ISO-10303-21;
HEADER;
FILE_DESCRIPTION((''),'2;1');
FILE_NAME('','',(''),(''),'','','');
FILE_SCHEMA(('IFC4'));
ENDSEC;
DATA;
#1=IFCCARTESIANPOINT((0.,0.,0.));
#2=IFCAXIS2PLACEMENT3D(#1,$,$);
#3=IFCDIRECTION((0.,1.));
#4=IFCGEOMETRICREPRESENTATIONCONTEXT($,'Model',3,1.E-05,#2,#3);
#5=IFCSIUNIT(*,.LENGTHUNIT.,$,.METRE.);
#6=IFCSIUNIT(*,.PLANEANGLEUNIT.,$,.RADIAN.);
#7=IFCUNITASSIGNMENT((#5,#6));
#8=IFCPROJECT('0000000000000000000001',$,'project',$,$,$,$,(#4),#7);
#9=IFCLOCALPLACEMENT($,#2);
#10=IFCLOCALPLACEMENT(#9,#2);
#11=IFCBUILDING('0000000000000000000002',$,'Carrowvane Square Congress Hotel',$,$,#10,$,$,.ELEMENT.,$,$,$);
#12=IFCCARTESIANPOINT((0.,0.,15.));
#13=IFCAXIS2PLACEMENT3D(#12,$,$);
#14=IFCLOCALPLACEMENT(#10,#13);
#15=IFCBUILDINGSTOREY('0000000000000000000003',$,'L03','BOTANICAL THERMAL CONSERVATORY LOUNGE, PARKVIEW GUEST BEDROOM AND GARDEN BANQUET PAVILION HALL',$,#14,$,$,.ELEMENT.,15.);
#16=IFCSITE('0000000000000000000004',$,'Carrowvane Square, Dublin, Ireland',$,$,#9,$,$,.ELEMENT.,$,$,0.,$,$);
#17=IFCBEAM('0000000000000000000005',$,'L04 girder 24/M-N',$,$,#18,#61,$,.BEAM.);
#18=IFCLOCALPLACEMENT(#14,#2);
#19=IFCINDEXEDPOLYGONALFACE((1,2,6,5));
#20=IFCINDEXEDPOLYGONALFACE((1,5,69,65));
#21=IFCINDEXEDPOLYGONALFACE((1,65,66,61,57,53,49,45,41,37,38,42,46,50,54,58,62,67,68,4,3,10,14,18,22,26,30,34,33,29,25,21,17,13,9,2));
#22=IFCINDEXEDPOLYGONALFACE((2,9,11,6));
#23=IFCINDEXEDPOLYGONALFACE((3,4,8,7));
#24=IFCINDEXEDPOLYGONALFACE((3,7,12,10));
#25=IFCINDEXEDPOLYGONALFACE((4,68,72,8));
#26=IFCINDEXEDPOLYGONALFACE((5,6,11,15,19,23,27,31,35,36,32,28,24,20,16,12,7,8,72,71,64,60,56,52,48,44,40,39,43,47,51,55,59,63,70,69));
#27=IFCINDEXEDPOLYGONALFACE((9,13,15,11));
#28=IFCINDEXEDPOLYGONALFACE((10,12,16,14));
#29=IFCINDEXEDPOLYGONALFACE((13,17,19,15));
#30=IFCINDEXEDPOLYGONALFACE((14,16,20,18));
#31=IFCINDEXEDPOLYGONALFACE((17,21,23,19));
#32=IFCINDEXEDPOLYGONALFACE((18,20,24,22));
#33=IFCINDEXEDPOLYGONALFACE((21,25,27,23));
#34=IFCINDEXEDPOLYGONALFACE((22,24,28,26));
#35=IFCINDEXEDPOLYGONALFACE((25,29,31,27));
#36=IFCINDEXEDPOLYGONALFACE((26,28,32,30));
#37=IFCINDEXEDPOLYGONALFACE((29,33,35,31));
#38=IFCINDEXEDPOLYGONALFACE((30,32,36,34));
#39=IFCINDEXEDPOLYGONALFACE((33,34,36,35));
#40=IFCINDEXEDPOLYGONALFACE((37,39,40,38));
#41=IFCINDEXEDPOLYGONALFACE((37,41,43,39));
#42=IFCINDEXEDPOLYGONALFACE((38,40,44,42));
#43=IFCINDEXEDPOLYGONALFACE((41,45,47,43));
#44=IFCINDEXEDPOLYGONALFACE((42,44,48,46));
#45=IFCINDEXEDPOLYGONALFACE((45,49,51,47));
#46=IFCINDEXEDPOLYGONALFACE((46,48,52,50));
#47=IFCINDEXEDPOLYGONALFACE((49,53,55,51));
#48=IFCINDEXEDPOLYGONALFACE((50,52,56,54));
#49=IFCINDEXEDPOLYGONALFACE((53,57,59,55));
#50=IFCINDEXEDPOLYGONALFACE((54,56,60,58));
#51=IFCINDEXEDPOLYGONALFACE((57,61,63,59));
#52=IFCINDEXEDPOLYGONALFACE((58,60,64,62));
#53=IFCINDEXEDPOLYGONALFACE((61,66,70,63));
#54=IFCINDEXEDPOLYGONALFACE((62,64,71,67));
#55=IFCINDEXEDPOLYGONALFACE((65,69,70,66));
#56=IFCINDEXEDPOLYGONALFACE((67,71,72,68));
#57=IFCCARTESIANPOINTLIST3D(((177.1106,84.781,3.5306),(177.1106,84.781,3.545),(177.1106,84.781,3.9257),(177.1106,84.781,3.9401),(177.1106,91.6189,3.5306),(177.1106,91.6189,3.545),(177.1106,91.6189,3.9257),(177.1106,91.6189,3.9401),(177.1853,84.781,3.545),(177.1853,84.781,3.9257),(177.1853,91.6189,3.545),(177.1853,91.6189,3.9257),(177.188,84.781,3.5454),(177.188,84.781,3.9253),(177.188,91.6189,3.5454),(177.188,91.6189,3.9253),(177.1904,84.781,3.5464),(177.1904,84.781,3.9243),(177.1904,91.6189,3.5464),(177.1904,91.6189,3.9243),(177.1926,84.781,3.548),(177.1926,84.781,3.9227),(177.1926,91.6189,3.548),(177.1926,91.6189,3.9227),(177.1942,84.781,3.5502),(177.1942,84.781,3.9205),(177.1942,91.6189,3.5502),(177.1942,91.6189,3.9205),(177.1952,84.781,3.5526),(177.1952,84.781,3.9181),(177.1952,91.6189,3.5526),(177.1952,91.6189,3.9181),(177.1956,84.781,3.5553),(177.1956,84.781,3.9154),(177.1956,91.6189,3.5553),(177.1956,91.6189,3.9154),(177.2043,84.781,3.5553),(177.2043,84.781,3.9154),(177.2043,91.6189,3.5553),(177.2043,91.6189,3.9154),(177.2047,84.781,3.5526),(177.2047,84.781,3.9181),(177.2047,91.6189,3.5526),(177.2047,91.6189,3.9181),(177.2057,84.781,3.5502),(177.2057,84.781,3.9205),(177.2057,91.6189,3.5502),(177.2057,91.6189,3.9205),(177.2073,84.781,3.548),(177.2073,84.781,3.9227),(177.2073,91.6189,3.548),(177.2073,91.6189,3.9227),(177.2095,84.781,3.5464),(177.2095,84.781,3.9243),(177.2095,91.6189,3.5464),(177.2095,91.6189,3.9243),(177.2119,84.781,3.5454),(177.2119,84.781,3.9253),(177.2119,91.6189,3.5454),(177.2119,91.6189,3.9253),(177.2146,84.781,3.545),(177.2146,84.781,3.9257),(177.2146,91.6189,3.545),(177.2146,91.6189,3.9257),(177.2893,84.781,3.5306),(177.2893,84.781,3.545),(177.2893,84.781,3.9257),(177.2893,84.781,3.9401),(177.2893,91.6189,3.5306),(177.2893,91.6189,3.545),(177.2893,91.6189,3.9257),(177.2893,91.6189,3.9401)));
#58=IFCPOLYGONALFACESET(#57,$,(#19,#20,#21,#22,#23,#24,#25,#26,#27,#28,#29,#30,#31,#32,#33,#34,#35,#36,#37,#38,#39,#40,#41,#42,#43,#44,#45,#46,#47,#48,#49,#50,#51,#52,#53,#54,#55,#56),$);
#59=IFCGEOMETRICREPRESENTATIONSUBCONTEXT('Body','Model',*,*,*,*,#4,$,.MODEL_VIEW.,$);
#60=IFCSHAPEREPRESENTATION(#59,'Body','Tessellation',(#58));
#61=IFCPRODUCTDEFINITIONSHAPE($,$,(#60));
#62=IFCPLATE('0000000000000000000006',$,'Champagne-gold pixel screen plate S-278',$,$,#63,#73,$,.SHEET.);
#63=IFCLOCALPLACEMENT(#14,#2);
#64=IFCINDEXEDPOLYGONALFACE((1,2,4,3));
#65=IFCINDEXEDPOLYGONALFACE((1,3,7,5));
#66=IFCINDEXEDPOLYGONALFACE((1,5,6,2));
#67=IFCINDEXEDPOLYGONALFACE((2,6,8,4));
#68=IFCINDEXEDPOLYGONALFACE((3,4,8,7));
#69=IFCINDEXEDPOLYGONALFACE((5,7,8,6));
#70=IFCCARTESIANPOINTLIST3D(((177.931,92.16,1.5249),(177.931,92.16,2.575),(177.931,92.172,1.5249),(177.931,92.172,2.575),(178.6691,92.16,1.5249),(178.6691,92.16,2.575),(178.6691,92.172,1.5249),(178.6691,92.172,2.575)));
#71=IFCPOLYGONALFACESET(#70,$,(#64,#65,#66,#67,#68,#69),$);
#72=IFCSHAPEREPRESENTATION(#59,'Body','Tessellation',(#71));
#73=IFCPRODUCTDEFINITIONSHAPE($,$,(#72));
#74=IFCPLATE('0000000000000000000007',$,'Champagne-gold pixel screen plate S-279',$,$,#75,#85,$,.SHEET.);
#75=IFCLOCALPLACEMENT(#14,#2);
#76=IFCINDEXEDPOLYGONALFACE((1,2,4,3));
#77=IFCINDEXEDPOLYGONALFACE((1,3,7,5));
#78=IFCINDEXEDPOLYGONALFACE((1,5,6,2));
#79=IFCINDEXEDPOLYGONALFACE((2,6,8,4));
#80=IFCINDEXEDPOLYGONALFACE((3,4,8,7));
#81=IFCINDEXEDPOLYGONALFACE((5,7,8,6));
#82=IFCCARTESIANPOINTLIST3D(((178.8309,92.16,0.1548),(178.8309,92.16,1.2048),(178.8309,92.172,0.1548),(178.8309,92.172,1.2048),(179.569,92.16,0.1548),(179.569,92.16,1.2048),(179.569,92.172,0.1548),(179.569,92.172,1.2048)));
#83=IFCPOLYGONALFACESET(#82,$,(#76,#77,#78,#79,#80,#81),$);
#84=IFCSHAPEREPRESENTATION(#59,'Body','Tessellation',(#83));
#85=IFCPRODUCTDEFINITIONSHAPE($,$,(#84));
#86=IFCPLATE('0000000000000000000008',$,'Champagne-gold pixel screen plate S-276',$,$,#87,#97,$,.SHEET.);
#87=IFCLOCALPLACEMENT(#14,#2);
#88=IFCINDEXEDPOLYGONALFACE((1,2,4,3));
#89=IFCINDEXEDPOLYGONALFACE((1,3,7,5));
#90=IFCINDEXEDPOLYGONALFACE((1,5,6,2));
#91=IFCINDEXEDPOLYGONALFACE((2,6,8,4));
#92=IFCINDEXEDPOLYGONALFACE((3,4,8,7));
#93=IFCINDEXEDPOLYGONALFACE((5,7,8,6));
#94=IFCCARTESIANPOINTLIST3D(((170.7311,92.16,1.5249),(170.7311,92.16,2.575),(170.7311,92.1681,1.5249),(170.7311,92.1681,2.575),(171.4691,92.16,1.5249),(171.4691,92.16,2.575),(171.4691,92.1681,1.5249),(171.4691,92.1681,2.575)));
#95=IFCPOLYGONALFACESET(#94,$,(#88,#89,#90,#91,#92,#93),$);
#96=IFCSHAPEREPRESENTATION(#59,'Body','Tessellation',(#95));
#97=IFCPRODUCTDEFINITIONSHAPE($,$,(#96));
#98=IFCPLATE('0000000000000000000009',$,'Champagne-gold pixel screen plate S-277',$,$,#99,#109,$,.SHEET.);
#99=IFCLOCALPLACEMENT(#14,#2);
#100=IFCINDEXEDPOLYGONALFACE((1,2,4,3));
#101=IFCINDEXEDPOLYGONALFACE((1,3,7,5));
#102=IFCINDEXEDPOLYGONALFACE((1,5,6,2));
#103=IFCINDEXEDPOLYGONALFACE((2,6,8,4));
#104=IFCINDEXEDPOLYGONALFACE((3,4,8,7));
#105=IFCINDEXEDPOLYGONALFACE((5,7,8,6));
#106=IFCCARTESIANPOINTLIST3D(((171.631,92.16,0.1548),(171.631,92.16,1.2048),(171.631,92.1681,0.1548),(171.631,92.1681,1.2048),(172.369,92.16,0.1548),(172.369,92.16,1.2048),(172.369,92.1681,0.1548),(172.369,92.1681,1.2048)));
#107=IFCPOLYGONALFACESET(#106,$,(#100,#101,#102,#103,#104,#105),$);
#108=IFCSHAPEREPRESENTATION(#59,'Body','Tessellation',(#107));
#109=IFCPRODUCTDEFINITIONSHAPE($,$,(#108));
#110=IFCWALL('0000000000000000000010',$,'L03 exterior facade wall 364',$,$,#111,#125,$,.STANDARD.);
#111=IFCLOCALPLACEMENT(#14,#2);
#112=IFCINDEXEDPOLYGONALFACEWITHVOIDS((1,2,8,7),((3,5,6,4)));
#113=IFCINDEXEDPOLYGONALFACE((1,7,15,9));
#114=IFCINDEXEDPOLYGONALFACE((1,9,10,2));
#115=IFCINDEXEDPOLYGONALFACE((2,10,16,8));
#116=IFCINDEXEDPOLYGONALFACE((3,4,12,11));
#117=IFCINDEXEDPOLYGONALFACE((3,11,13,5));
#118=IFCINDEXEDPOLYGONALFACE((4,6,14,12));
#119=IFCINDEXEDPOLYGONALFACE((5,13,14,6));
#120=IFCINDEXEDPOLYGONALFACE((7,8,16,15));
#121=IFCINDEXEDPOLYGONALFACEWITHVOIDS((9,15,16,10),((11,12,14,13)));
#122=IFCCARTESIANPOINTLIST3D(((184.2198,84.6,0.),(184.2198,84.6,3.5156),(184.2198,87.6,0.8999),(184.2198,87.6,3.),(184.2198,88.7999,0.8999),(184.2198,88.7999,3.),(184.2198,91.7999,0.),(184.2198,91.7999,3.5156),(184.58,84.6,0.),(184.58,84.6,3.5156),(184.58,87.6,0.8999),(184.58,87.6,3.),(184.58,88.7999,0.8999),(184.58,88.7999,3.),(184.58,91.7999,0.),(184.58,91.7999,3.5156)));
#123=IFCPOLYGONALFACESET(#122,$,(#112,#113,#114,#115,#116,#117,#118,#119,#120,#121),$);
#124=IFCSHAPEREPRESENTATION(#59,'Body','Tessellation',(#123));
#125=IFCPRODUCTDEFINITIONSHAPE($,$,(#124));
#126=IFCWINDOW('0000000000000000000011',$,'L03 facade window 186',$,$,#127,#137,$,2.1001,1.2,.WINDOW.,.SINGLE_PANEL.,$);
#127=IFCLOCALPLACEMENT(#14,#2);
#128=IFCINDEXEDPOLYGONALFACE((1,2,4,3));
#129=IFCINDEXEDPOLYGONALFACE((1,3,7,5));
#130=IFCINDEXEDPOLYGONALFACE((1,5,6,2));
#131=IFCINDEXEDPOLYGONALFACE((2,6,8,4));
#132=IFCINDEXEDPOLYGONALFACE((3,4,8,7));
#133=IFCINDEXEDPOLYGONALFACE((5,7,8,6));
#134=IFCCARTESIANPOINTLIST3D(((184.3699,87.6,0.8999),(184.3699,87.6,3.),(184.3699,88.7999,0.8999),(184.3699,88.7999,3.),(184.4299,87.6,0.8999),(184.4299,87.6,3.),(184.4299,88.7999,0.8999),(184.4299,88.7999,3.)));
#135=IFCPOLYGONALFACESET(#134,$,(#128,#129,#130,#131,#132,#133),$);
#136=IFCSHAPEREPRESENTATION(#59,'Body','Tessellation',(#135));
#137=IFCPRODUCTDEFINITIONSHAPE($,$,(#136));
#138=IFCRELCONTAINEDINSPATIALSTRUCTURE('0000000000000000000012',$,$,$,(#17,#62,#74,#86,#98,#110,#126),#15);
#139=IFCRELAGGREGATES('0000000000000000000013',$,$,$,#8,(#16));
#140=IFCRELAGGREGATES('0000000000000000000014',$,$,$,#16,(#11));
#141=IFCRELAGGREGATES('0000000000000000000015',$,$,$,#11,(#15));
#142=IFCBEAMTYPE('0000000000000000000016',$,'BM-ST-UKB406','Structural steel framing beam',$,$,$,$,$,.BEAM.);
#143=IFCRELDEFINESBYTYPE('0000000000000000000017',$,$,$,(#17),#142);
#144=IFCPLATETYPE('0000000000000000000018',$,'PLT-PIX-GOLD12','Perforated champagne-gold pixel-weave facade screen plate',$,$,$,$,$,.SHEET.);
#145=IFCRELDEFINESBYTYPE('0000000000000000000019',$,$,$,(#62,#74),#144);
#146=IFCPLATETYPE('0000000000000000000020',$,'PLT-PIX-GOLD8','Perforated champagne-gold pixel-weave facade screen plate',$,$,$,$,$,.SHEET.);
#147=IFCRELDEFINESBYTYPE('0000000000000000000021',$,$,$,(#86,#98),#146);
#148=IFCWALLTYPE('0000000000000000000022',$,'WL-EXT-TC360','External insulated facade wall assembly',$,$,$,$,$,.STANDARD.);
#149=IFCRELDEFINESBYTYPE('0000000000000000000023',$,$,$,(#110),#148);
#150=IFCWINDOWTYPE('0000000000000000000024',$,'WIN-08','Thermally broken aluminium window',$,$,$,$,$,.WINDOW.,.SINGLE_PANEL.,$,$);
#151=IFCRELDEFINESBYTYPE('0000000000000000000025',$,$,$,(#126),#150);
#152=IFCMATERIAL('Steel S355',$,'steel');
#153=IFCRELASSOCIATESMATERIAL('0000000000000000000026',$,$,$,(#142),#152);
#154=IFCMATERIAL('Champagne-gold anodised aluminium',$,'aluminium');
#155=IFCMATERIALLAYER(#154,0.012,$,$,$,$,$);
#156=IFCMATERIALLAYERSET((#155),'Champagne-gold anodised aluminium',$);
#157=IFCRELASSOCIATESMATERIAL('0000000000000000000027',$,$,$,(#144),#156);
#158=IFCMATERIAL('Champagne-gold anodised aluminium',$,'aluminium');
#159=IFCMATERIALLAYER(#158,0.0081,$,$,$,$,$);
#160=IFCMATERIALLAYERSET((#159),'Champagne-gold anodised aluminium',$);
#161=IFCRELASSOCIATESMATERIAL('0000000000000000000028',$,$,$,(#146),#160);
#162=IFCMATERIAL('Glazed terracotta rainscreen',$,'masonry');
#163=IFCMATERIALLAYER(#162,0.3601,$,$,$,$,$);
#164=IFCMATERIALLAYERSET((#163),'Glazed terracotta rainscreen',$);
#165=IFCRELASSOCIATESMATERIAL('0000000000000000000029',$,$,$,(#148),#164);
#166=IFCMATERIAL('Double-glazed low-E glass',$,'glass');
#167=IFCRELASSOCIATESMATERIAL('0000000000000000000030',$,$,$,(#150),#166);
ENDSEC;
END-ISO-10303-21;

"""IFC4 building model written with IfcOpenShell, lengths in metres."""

from ifc_helpers import new_model, si_unit, direction, frame, frame_2d, origin, origin_2d, place, context, subcontext, project, spatial, rectangle, i_section, extrude, material, layer, layer_set, material_profile, profile_set, type_object, element, fill, save


model = new_model("IFC4")

# Units and contexts
model_context = context("Model", 3, precision=1e-05, world=origin(), true_north=direction((0.0, 1.0)))
body_context = subcontext(model_context, "Body", "Model", "MODEL_VIEW")
ifc_project = project(units=[si_unit("LENGTHUNIT", "METRE"), si_unit("PLANEANGLEUNIT", "RADIAN")], contexts=[model_context])

# Site, building, storey
site_placement = place(None, origin())
site = spatial("IfcSite", under=ifc_project, at=site_placement, Name="Carrowvane Square, Dublin, Ireland", CompositionType="ELEMENT", RefElevation=0.0)
building_placement = place(site_placement, origin())
building = spatial("IfcBuilding", under=site, at=building_placement, Name="Carrowvane Square Congress Hotel", CompositionType="ELEMENT")
storey_placement = place(building_placement, frame((0.0, 0.0, 15.0)))
storey = spatial("IfcBuildingStorey", under=building, at=storey_placement, Name="L03", Description="BOTANICAL THERMAL CONSERVATORY LOUNGE, PARKVIEW GUEST BEDROOM AND GARDEN BANQUET PAVILION HALL", CompositionType="ELEMENT", Elevation=15.0)

# Beam
ifc_material_1 = material(Name="Steel S355", Category="steel")
ifc_material_profile_1 = material_profile(ifc_material_1, i_section(OverallWidth=0.1787, OverallDepth=0.4094, WebThickness=0.0088, FlangeThickness=0.0144, FilletRadius=0.0103, at=origin_2d()), Name="UKB 406x178x67")
ifc_profile_set_1 = profile_set([ifc_material_profile_1], Name="Steel S355")
beam_type_1 = type_object("IfcBeamType", Name="BM-ST-UKB406", Description="Structural steel framing beam", PredefinedType="BEAM", material=ifc_profile_set_1)
beam_1_placement = place(storey_placement, frame((177.2, 84.781, 3.7354), z_axis=(0.0, 1.0, 0.0), x_axis=(-1.0, 0.0, 0.0)))
element("IfcBeam", 1, at=beam_1_placement, inside=storey, type_object=beam_type_1, Name="L04 girder 24/M-N", PredefinedType="BEAM", context=body_context, shape_type="SweptSolid", body=[
    extrude(i_section(OverallWidth=0.1787, OverallDepth=0.4094, WebThickness=0.0088, FlangeThickness=0.0144, FilletRadius=0.0103, at=origin_2d()), origin(), (0.0, 0.0, 1.0), 6.8379),
])

# Plates
ifc_material_2 = material(Name="Champagne-gold anodised aluminium", Category="aluminium")
ifc_layer_1 = layer(ifc_material_2, 0.012)
ifc_layer_set_1 = layer_set([ifc_layer_1], Name="Champagne-gold anodised aluminium")
plate_type_1 = type_object("IfcPlateType", Name="PLT-PIX-GOLD12", Description="Perforated champagne-gold pixel-weave facade screen plate", PredefinedType="SHEET", material=ifc_layer_set_1)
for number, where, z_axis, x_axis, name in (
    (2, (178.3, 92.166, 1.5249), (0.0, 0.0, 1.0), (1.0, 0.0, 0.0), "Champagne-gold pixel screen plate S-278"),
    (3, (179.2, 92.166, 0.1548), (0.0, 0.0, 1.0), (1.0, 0.0, 0.0), "Champagne-gold pixel screen plate S-279"),
):
    element("IfcPlate", number, at=place(storey_placement, frame(where, z_axis=z_axis, x_axis=x_axis)), inside=storey, type_object=plate_type_1, Name=name, PredefinedType="SHEET", context=body_context, shape_type="SweptSolid", body=[
        extrude(rectangle(XDim=0.738, YDim=0.012, at=origin_2d()), origin(), (0.0, 0.0, 1.0), 1.05),
    ])
ifc_material_3 = material(Name="Champagne-gold anodised aluminium", Category="aluminium")
ifc_layer_2 = layer(ifc_material_3, 0.0081)
ifc_layer_set_2 = layer_set([ifc_layer_2], Name="Champagne-gold anodised aluminium")
plate_type_2 = type_object("IfcPlateType", Name="PLT-PIX-GOLD8", Description="Perforated champagne-gold pixel-weave facade screen plate", PredefinedType="SHEET", material=ifc_layer_set_2)
for number, where, z_axis, x_axis, name in (
    (4, (171.1001, 92.1641, 1.5249), (0.0, 0.0, 1.0), (1.0, 0.0, 0.0), "Champagne-gold pixel screen plate S-276"),
    (5, (172.0, 92.1641, 0.1548), (0.0, 0.0, 1.0), (1.0, 0.0, 0.0), "Champagne-gold pixel screen plate S-277"),
):
    element("IfcPlate", number, at=place(storey_placement, frame(where, z_axis=z_axis, x_axis=x_axis)), inside=storey, type_object=plate_type_2, Name=name, PredefinedType="SHEET", context=body_context, shape_type="SweptSolid", body=[
        extrude(rectangle(XDim=0.738, YDim=0.0081, at=origin_2d()), origin(), (0.0, 0.0, 1.0), 1.05),
    ])

# Wall, opening, window
ifc_material_4 = material(Name="Glazed terracotta rainscreen", Category="masonry")
ifc_layer_3 = layer(ifc_material_4, 0.3601)
ifc_layer_set_3 = layer_set([ifc_layer_3], Name="Glazed terracotta rainscreen")
wall_type_1 = type_object("IfcWallType", Name="WL-EXT-TC360", Description="External insulated facade wall assembly", PredefinedType="STANDARD", material=ifc_layer_set_3)
wall_1_placement = place(storey_placement, frame((184.3999, 91.8, 0.0), z_axis=(0.0, 0.0, 1.0), x_axis=(0.0, -1.0, 0.0)))
wall_1 = element("IfcWall", 6, at=wall_1_placement, inside=storey, type_object=wall_type_1, Name="L03 exterior facade wall 364", PredefinedType="STANDARD", context=body_context, shape_type="SweptSolid", body=[
    extrude(rectangle(XDim=7.2, YDim=0.3601, at=frame_2d((3.6001, 0.0))), origin(), (0.0, 0.0, 1.0), 3.5156),
])
opening_1_placement = place(wall_1_placement, frame((3.0, 0.0, 0.8999)))
opening_1 = element("IfcOpeningElement", 7, at=opening_1_placement, cuts=wall_1, PredefinedType="OPENING", context=body_context, shape_type="SweptSolid", body=[
    extrude(rectangle(XDim=1.2, YDim=2.1001, at=frame_2d((0.6001, 1.05))), frame((0.0, 0.1899, 0.0), z_axis=(0.0, -1.0, 0.0), x_axis=(1.0, 0.0, 0.0)), (0.0, 0.0, 1.0), 0.3801),
])
ifc_material_5 = material(Name="Double-glazed low-E glass", Category="glass")
window_type_1 = type_object("IfcWindowType", Name="WIN-08", Description="Thermally broken aluminium window", PartitioningType="SINGLE_PANEL", PredefinedType="WINDOW", material=ifc_material_5)
window_1_placement = place(opening_1_placement, origin())
window_1 = element("IfcWindow", 8, at=window_1_placement, inside=storey, type_object=window_type_1, Name="L03 facade window 186", OverallHeight=2.1001, OverallWidth=1.2, PartitioningType="SINGLE_PANEL", PredefinedType="WINDOW", context=body_context, shape_type="SweptSolid", body=[
    extrude(rectangle(XDim=1.2, YDim=2.1001, at=frame_2d((0.6001, 1.05))), frame((0.0, 0.03, 0.0), z_axis=(0.0, -1.0, 0.0), x_axis=(1.0, 0.0, 0.0)), (0.0, 0.0, 1.0), 0.0601),
])
fill(opening_1, window_1)

save(model, "model.ifc")
